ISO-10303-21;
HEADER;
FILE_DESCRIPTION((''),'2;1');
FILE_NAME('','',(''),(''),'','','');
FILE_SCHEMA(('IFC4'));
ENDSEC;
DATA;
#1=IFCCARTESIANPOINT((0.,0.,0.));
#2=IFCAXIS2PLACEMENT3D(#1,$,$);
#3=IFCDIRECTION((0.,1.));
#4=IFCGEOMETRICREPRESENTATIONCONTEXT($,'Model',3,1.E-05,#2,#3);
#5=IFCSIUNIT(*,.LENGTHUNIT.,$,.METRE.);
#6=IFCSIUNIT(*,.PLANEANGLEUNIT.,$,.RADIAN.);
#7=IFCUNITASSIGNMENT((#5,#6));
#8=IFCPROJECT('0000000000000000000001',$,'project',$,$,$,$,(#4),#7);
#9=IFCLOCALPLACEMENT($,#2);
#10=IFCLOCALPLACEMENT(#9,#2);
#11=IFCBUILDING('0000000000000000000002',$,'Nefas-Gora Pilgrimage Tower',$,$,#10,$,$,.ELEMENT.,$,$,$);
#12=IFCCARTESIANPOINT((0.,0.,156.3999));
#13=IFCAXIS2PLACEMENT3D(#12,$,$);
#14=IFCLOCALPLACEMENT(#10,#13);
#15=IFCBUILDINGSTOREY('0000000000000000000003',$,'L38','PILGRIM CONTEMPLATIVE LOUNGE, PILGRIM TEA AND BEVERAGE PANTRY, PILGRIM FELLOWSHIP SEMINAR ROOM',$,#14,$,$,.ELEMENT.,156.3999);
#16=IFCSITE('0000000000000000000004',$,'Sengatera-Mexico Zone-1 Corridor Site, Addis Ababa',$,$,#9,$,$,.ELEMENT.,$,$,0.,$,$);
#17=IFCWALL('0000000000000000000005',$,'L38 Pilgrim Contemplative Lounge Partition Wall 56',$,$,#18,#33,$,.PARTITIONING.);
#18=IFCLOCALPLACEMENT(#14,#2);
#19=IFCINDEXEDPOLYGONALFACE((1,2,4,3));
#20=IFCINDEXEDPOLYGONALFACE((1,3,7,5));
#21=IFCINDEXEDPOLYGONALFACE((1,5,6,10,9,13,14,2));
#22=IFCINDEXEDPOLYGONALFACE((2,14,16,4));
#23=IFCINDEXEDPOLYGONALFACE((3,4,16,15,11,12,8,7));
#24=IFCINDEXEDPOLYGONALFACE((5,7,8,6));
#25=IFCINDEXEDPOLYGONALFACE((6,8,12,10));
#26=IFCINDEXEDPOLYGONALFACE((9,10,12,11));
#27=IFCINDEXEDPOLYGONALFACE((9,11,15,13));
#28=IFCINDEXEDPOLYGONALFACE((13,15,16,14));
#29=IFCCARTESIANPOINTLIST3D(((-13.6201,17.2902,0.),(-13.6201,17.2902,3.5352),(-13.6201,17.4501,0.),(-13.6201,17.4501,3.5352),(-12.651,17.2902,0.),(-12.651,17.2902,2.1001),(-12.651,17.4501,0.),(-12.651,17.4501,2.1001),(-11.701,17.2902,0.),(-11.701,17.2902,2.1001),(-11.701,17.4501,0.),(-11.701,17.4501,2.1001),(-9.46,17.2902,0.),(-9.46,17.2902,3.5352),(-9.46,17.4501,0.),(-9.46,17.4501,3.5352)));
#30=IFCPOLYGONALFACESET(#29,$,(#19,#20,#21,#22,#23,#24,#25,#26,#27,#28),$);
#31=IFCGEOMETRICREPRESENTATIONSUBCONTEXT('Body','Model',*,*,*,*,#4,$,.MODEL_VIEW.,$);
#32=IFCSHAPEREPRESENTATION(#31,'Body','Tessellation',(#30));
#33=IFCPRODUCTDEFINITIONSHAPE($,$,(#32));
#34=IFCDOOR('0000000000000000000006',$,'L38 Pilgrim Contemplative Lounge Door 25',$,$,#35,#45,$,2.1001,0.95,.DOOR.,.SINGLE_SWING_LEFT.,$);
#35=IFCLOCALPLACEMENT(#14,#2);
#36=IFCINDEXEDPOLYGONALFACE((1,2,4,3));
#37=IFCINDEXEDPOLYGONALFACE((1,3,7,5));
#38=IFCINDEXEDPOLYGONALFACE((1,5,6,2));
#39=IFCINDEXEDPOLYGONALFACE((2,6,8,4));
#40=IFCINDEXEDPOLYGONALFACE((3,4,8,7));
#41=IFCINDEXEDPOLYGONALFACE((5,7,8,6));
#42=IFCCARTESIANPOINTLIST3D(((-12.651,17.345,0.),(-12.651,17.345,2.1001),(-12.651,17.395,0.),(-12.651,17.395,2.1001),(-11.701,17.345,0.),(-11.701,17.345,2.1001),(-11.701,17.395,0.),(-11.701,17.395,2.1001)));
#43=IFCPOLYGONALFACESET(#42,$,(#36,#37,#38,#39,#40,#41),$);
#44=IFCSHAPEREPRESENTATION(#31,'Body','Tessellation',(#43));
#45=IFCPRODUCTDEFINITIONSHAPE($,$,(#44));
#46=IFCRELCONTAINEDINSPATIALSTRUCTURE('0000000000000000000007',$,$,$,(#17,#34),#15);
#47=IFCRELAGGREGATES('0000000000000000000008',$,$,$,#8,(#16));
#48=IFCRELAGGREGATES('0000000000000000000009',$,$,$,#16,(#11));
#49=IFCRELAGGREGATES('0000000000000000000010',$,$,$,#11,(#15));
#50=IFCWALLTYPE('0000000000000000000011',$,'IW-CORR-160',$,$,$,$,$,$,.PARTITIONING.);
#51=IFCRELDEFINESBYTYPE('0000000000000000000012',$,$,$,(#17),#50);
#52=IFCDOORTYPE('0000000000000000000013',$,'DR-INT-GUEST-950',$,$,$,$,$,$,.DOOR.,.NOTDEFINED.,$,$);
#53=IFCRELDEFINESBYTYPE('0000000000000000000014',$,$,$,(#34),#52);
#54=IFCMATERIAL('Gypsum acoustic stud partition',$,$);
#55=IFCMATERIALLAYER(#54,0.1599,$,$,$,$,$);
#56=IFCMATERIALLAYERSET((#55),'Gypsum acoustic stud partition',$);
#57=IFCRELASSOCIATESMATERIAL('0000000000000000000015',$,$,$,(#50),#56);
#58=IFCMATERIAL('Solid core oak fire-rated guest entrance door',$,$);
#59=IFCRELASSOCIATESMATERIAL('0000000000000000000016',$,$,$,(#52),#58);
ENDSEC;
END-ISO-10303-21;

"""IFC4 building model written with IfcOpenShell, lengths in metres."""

from ifc_helpers import new_model, si_unit, direction, frame, frame_2d, origin, place, context, subcontext, project, spatial, rectangle, extrude, source, transform, mapped, material, layer, layer_set, type_object, element, fill, save


model = new_model("IFC4")

# Units and contexts
model_context = context("Model", 3, precision=1e-05, world=origin(), true_north=direction((0.0, 1.0)))
body_context = subcontext(model_context, "Body", "Model", "MODEL_VIEW")
ifc_project = project(units=[si_unit("LENGTHUNIT", "METRE"), si_unit("PLANEANGLEUNIT", "RADIAN")], contexts=[model_context])

# Site, building, storey
site_placement = place(None, origin())
site = spatial("IfcSite", under=ifc_project, at=site_placement, Name="Sengatera-Mexico Zone-1 Corridor Site, Addis Ababa", CompositionType="ELEMENT", RefElevation=0.0)
building_placement = place(site_placement, origin())
building = spatial("IfcBuilding", under=site, at=building_placement, Name="Nefas-Gora Pilgrimage Tower", CompositionType="ELEMENT")
storey_placement = place(building_placement, frame((0.0, 0.0, 156.3999)))
storey = spatial("IfcBuildingStorey", under=building, at=storey_placement, Name="L38", Description="PILGRIM CONTEMPLATIVE LOUNGE, PILGRIM TEA AND BEVERAGE PANTRY, PILGRIM FELLOWSHIP SEMINAR ROOM", CompositionType="ELEMENT", Elevation=156.3999)

# Shared definitions
ifc_material_1 = material(Name="Gypsum acoustic stud partition")
ifc_layer_1 = layer(ifc_material_1, 0.1599)
ifc_layer_set_1 = layer_set([ifc_layer_1], Name="Gypsum acoustic stud partition")
wall_type_1 = type_object("IfcWallType", Name="IW-CORR-160", PredefinedType="PARTITIONING", material=ifc_layer_set_1)
ifc_material_2 = material(Name="Solid core oak fire-rated guest entrance door")
door_type = type_object("IfcDoorType", Name="DR-INT-GUEST-950", OperationType="NOTDEFINED", PredefinedType="DOOR", material=ifc_material_2)
shared_shape_1 = source(origin(), body_context, "Body", "SweptSolid", [
    extrude(rectangle(XDim=0.95, YDim=2.1001, at=frame_2d((0.4751, 1.05))), frame((0.0, 0.0249, 0.0), z_axis=(0.0, -1.0, 0.0), x_axis=(1.0, 0.0, 0.0)), (0.0, 0.0, 1.0), 0.05),
])

# Wall, opening, door
shared_shape_2 = source(origin(), body_context, "Body", "SweptSolid", [
    extrude(rectangle(XDim=4.1602, YDim=0.1599, at=frame_2d((2.0801, 0.0))), origin(), (0.0, 0.0, 1.0), 3.5352),
])
wall_1_placement = place(storey_placement, frame((-13.6201, 17.3701, 0.0), z_axis=(0.0, 0.0, 1.0), x_axis=(1.0, 0.0, 0.0)))
wall_1 = element("IfcWall", 1, at=wall_1_placement, inside=storey, type_object=wall_type_1, Name="L38 Pilgrim Contemplative Lounge Partition Wall 56", PredefinedType="PARTITIONING", context=body_context, shape_type="MappedRepresentation", body=[
    mapped(shared_shape_2, transform((0.0, 0.0, 0.0), x_axis=(1.0, 0.0, 0.0), y_axis=(0.0, 1.0, 0.0), z_axis=(0.0, 0.0, 1.0), scale=1.0)),
])
opening_1_placement = place(wall_1_placement, frame((0.969, 0.0, 0.0)))
opening_1 = element("IfcOpeningElement", 2, at=opening_1_placement, cuts=wall_1, PredefinedType="OPENING", context=body_context, shape_type="SweptSolid", body=[
    extrude(rectangle(XDim=0.95, YDim=2.1001, at=frame_2d((0.4751, 1.05))), frame((0.0, 0.0898, 0.0), z_axis=(0.0, -1.0, 0.0), x_axis=(1.0, 0.0, 0.0)), (0.0, 0.0, 1.0), 0.1799),
])
door_1_placement = place(opening_1_placement, origin())
door_1 = element("IfcDoor", 3, at=door_1_placement, inside=storey, type_object=door_type, Name="L38 Pilgrim Contemplative Lounge Door 25", OperationType="SINGLE_SWING_LEFT", OverallHeight=2.1001, OverallWidth=0.95, PredefinedType="DOOR", context=body_context, shape_type="MappedRepresentation", body=[
    mapped(shared_shape_1, transform((0.0, 0.0, 0.0), x_axis=(1.0, 0.0, 0.0), y_axis=(0.0, 1.0, 0.0), z_axis=(0.0, 0.0, 1.0), scale=1.0)),
])
fill(opening_1, door_1)

save(model, "model.ifc")
